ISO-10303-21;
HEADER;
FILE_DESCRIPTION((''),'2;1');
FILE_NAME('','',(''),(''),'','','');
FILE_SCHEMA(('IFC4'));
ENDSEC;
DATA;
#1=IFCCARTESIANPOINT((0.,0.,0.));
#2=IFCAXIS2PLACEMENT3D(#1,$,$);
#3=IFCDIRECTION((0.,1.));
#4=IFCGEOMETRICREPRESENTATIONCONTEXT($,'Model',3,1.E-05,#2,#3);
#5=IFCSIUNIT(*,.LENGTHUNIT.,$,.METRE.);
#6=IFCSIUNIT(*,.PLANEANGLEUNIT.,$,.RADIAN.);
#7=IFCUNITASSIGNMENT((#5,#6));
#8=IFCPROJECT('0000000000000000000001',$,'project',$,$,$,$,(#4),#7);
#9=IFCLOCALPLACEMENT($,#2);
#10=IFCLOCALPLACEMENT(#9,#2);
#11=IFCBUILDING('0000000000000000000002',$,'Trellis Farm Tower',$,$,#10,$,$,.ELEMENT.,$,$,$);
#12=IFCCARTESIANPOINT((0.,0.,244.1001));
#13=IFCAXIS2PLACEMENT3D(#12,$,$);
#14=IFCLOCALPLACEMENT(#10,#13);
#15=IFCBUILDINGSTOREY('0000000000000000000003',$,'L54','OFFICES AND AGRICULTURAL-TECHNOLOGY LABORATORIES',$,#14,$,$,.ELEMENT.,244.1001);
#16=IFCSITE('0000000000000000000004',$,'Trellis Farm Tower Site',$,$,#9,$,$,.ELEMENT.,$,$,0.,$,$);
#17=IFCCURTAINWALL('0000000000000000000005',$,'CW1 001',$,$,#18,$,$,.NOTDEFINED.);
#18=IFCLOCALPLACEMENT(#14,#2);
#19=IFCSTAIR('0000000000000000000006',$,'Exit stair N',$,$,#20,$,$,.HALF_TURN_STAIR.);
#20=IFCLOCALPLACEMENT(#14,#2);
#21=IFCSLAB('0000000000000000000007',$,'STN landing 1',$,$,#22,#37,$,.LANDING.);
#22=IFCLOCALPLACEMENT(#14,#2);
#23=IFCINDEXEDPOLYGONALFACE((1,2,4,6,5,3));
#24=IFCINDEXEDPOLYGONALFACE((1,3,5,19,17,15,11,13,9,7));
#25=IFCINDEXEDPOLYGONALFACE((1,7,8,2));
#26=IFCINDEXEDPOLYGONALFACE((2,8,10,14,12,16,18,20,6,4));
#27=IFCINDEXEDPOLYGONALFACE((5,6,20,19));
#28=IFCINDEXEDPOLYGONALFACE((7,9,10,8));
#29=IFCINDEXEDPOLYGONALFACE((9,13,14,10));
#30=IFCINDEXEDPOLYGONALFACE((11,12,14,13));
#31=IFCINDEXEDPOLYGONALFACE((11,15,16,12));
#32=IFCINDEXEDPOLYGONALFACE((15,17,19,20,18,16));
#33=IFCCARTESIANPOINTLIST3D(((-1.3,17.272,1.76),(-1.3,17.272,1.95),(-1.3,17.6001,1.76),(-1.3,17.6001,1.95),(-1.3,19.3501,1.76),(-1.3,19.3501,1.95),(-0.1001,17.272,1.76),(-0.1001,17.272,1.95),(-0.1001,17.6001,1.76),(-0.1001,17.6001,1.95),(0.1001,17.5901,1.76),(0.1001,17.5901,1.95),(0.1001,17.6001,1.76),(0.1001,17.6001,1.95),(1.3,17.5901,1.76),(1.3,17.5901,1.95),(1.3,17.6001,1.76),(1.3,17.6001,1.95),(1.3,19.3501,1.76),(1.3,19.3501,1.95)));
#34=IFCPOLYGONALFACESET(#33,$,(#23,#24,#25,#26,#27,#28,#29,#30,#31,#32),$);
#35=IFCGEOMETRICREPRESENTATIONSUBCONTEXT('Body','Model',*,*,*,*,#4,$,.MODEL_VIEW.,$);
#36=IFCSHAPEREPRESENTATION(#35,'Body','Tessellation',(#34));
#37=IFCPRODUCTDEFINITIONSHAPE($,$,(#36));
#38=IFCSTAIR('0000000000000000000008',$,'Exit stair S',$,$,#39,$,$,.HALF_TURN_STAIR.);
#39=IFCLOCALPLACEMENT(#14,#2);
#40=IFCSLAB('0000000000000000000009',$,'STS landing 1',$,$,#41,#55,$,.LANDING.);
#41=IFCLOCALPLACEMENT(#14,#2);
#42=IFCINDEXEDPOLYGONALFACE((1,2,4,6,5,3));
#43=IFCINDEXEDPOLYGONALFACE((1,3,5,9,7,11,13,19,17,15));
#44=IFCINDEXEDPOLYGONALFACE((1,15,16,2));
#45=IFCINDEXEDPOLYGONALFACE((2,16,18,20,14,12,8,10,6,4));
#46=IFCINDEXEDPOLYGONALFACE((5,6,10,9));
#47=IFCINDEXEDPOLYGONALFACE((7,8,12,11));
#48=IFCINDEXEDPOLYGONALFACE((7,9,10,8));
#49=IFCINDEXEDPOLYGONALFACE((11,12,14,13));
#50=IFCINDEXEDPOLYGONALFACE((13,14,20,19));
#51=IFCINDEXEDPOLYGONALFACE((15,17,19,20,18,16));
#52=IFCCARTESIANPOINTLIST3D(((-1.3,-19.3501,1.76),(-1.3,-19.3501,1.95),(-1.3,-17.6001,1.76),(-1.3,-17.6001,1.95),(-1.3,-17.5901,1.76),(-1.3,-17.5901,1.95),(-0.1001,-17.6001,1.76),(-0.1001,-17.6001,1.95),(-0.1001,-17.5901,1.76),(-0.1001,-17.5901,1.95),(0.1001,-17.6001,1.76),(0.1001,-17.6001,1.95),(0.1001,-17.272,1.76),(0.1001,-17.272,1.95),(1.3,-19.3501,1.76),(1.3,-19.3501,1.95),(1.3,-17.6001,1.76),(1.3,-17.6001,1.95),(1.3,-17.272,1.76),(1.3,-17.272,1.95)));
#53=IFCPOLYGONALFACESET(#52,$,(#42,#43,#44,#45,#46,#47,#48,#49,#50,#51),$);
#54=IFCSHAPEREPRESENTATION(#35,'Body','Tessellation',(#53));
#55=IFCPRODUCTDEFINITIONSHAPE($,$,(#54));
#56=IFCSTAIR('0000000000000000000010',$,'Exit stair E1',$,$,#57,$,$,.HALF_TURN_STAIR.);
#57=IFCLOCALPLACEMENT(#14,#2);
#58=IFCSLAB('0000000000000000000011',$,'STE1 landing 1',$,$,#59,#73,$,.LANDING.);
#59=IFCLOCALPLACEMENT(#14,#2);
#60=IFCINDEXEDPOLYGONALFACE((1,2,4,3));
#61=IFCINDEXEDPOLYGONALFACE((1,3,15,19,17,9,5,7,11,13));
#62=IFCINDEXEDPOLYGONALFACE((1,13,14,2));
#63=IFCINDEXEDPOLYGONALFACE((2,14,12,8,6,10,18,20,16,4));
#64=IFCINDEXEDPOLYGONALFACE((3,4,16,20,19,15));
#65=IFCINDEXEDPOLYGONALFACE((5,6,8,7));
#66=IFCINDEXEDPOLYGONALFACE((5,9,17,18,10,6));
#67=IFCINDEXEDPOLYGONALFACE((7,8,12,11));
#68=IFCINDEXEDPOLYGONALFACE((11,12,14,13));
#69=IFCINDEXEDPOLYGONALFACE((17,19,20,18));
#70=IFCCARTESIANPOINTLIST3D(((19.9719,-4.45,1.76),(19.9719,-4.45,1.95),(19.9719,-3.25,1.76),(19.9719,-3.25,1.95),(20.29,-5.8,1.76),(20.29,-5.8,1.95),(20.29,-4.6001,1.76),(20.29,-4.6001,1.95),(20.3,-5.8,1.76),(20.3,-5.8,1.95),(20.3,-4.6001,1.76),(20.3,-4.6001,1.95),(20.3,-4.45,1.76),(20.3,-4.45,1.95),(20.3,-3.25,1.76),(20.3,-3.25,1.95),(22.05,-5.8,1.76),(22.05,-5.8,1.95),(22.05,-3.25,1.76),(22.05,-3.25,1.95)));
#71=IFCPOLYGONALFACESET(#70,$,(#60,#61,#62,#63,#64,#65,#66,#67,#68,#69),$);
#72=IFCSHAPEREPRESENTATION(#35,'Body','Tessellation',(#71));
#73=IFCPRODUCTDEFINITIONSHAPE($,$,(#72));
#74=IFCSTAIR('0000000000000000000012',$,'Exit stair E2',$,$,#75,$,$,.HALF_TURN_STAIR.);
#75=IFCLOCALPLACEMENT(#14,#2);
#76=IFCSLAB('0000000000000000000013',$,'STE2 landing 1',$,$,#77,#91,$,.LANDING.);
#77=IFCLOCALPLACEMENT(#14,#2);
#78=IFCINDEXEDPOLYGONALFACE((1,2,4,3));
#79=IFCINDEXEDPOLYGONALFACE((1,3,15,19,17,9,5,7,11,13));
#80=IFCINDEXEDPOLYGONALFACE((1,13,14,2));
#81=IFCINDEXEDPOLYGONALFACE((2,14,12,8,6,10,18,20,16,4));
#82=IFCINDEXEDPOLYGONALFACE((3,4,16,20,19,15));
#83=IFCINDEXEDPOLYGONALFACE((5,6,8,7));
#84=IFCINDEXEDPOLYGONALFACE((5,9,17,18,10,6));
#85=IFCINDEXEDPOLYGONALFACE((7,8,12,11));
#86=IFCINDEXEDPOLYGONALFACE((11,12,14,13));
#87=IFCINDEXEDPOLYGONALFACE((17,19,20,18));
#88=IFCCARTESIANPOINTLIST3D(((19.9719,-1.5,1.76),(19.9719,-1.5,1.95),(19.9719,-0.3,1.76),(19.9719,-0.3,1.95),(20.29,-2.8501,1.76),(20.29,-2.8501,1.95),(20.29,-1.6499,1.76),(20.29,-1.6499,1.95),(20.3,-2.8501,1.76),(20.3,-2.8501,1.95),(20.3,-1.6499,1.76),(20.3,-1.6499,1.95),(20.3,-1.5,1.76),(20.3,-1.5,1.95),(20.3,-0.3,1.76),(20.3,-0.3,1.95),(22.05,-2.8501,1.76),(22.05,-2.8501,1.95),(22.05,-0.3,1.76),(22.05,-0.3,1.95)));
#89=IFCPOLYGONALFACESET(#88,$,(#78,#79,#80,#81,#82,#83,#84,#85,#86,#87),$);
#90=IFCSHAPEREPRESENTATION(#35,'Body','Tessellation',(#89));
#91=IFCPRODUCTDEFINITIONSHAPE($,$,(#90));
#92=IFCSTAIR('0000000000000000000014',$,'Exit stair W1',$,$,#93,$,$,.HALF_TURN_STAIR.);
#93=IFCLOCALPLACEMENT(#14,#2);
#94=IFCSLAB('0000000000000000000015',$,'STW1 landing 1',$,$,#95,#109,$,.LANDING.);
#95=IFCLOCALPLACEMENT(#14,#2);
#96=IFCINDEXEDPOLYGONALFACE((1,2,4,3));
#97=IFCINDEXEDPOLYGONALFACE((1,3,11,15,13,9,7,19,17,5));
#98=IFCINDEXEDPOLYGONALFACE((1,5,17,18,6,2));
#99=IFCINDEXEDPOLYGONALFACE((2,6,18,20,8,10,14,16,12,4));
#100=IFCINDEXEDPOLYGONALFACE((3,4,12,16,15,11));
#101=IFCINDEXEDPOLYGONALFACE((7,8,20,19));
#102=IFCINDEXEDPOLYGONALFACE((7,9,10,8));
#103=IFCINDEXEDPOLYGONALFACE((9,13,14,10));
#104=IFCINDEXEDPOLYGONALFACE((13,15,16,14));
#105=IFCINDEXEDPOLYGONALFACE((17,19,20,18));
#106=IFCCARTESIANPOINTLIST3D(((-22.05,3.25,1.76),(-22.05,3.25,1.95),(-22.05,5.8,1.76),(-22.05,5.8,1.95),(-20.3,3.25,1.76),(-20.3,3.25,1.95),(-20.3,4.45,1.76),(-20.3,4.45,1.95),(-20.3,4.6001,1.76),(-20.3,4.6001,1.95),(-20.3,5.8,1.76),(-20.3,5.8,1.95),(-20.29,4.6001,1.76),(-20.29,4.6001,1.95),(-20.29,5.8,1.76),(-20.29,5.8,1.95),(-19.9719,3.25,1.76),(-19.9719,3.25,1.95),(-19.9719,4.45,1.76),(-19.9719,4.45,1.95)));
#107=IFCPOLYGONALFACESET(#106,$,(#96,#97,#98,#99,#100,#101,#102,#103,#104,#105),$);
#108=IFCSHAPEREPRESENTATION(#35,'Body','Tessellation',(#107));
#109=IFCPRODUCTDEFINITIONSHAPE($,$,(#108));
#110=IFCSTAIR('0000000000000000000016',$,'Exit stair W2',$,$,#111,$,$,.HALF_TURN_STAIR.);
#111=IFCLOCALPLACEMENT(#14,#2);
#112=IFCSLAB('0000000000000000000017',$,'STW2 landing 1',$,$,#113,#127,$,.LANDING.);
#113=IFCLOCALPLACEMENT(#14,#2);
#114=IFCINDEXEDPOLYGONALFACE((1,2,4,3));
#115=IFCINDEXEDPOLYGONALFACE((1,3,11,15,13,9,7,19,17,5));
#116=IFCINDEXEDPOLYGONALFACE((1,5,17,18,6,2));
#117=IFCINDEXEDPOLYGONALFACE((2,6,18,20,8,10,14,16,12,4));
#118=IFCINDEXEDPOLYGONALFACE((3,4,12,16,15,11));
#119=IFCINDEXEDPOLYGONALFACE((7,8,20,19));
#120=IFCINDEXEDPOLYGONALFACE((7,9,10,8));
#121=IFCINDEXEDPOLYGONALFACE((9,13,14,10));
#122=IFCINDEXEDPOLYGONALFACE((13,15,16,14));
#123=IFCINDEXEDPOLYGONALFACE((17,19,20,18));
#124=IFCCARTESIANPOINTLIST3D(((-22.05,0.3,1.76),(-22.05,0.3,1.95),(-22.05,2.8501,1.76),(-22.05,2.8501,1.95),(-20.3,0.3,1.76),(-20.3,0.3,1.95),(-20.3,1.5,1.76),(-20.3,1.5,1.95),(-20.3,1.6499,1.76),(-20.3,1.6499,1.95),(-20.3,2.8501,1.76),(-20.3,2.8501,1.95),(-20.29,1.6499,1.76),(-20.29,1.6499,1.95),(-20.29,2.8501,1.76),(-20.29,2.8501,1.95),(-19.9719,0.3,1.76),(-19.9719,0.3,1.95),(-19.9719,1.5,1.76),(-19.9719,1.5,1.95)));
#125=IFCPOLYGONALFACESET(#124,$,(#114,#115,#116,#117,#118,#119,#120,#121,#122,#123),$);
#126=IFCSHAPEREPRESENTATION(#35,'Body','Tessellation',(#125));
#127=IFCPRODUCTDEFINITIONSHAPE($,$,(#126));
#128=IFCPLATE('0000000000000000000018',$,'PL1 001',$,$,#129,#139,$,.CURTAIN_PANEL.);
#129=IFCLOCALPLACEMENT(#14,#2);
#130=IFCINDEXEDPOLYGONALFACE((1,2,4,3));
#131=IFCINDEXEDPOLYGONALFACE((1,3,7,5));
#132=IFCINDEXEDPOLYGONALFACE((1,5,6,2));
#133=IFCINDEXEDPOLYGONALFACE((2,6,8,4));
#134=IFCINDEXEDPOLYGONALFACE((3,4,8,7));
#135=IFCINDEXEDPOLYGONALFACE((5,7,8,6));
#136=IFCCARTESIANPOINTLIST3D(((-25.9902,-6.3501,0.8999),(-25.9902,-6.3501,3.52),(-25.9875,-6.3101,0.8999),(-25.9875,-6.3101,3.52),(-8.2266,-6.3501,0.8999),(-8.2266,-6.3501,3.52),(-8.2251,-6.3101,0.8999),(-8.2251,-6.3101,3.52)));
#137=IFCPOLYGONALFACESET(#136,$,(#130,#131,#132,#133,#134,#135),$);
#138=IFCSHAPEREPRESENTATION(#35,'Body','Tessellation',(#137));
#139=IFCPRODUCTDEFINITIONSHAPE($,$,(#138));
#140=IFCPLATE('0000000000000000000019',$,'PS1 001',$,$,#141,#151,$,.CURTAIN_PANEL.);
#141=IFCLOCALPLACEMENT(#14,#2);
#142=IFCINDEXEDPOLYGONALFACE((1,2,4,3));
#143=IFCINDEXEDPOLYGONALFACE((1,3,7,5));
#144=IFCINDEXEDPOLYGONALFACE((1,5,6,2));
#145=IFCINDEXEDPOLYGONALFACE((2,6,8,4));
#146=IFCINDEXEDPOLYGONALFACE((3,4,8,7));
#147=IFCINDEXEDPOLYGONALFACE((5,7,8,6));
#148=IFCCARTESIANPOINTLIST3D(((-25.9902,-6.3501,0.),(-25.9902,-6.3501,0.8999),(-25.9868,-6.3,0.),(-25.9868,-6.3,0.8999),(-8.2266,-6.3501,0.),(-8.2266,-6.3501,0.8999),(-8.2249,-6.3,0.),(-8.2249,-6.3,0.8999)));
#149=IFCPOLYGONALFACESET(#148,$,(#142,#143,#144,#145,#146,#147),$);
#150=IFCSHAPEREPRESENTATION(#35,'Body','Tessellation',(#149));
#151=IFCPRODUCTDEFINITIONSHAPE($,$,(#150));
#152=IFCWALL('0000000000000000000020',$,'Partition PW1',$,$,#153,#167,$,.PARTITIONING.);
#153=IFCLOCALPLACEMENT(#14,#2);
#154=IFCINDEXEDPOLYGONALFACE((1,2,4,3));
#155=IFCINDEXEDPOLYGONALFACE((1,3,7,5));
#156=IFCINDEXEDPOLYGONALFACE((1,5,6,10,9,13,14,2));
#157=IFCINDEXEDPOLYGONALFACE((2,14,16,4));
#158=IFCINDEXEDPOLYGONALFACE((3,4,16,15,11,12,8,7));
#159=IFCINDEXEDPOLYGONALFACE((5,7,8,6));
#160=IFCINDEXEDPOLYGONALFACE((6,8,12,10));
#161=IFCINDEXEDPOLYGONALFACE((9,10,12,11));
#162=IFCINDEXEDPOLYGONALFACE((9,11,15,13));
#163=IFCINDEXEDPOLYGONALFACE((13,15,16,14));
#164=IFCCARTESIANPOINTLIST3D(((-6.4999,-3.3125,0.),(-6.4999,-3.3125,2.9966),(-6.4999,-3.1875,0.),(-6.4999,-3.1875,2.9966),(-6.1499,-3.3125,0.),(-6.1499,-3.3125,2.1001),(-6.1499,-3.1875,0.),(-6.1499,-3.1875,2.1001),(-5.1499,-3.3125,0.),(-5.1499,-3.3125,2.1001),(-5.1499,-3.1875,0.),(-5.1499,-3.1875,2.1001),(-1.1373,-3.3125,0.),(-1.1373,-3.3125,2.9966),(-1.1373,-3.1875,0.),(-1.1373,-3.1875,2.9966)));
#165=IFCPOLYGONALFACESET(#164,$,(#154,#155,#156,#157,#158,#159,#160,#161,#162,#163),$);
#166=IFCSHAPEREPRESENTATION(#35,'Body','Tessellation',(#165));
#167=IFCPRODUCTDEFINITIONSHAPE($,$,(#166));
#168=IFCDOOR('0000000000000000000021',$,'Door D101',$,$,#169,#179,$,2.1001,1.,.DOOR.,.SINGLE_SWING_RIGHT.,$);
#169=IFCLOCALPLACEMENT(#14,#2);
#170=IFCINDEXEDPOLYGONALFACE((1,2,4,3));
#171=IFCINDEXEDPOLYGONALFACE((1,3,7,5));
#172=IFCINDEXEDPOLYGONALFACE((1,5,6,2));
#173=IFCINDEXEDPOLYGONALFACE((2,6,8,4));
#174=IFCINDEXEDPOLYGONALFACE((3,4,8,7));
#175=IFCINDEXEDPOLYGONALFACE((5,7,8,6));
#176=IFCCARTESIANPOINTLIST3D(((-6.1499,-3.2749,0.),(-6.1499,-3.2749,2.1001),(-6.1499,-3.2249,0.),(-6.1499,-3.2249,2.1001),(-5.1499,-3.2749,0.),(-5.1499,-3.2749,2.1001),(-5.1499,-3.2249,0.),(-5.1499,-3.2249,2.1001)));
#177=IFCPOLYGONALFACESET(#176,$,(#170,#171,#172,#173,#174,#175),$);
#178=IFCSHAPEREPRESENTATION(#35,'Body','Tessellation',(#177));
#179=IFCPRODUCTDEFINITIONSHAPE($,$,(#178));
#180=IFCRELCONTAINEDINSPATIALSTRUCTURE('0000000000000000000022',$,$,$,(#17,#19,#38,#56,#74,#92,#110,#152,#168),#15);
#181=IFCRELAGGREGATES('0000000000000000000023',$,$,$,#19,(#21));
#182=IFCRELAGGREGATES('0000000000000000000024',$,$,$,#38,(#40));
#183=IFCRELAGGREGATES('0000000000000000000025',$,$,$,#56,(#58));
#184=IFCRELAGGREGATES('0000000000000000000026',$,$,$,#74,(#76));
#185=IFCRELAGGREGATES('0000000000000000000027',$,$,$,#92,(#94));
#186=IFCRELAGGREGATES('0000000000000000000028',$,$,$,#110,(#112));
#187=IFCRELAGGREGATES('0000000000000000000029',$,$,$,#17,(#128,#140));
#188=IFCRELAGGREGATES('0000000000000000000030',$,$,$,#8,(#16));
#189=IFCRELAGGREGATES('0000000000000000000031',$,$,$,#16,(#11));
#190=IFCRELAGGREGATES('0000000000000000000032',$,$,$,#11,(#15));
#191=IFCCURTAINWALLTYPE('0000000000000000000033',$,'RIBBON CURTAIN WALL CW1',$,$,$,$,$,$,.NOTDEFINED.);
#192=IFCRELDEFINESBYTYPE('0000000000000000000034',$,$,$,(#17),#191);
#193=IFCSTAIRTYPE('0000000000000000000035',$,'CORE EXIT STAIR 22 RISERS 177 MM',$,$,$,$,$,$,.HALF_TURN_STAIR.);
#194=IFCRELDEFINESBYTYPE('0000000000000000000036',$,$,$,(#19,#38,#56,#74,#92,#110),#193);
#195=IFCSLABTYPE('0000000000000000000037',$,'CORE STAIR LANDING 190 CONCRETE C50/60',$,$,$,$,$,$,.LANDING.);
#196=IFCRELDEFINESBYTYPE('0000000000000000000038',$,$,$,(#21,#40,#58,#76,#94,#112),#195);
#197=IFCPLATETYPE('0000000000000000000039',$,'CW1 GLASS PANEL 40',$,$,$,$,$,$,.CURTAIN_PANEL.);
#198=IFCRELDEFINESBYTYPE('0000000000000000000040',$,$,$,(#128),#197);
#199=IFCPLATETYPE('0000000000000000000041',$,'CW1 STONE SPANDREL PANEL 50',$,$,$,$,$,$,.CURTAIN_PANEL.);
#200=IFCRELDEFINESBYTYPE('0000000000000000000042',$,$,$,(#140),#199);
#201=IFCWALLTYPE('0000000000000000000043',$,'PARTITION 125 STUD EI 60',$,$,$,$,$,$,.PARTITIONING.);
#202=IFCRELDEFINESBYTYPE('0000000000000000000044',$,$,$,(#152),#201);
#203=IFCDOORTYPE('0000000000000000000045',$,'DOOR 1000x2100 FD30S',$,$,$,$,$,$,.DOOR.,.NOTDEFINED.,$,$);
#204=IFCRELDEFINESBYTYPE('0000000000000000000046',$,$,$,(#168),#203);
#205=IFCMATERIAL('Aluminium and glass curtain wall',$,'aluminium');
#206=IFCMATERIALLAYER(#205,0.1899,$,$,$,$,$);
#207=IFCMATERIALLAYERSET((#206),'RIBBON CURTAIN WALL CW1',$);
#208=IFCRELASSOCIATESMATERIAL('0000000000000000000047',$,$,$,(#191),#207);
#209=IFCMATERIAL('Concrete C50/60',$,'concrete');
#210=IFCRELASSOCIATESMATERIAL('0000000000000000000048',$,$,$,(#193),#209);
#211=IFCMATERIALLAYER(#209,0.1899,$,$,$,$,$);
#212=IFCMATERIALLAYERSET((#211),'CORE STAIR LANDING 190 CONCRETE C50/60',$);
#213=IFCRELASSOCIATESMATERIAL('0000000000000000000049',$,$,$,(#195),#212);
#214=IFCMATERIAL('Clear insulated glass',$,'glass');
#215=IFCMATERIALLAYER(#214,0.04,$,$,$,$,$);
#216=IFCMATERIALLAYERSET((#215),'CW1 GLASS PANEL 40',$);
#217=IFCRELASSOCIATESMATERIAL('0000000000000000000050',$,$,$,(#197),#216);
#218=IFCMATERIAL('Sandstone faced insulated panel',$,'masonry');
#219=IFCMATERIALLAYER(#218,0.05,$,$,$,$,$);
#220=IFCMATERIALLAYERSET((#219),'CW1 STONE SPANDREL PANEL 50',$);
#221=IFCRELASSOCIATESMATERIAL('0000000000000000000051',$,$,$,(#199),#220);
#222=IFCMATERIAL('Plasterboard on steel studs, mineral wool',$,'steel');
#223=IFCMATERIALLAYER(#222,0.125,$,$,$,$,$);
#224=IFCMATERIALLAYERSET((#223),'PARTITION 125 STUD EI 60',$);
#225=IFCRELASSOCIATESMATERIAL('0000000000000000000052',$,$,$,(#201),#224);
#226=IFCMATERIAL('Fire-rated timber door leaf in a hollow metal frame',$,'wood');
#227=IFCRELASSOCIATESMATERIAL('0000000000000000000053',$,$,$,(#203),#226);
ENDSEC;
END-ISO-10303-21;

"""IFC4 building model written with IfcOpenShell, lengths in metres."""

from ifc_helpers import new_model, si_unit, direction, frame, frame_2d, origin, place, context, subcontext, project, spatial, polyline, rectangle, outline, extrude, source, transform, mapped, material, layer, layer_set, type_object, element, fill, aggregate, save


model = new_model("IFC4")

# Units and contexts
model_context = context("Model", 3, precision=1e-05, world=origin(), true_north=direction((0.0, 1.0)))
body_context = subcontext(model_context, "Body", "Model", "MODEL_VIEW")
ifc_project = project(units=[si_unit("LENGTHUNIT", "METRE"), si_unit("PLANEANGLEUNIT", "RADIAN")], contexts=[model_context])

# Site, building, storey
site_placement = place(None, origin())
site = spatial("IfcSite", under=ifc_project, at=site_placement, Name="Trellis Farm Tower Site", CompositionType="ELEMENT", RefElevation=0.0)
building_placement = place(site_placement, origin())
building = spatial("IfcBuilding", under=site, at=building_placement, Name="Trellis Farm Tower", CompositionType="ELEMENT")
storey_placement = place(building_placement, frame((0.0, 0.0, 244.1001)))
storey = spatial("IfcBuildingStorey", under=building, at=storey_placement, Name="L54", Description="OFFICES AND AGRICULTURAL-TECHNOLOGY LABORATORIES", CompositionType="ELEMENT", Elevation=244.1001)

# Curtain wall
ifc_material_1 = material(Name="Aluminium and glass curtain wall", Category="aluminium")
ifc_layer_1 = layer(ifc_material_1, 0.1899)
ifc_layer_set_1 = layer_set([ifc_layer_1], Name="RIBBON CURTAIN WALL CW1")
curtain_wall_type = type_object("IfcCurtainWallType", Name="RIBBON CURTAIN WALL CW1", PredefinedType="NOTDEFINED", material=ifc_layer_set_1)
placement_1 = place(storey_placement, origin())
curtain_wall = element("IfcCurtainWall", 1, at=placement_1, inside=storey, type_object=curtain_wall_type, Name="CW1 001", PredefinedType="NOTDEFINED")

# Stairs, slabs
ifc_material_2 = material(Name="Concrete C50/60", Category="concrete")
stair_type = type_object("IfcStairType", Name="CORE EXIT STAIR 22 RISERS 177 MM", PredefinedType="HALF_TURN_STAIR", material=ifc_material_2)
stair_1 = element("IfcStair", 2, at=placement_1, inside=storey, type_object=stair_type, Name="Exit stair N", PredefinedType="HALF_TURN_STAIR")
ifc_layer_2 = layer(ifc_material_2, 0.1899)
ifc_layer_set_2 = layer_set([ifc_layer_2], Name="CORE STAIR LANDING 190 CONCRETE C50/60")
slab_type_1 = type_object("IfcSlabType", Name="CORE STAIR LANDING 190 CONCRETE C50/60", PredefinedType="LANDING", material=ifc_layer_set_2)
shared_shape_1 = source(origin(), body_context, "Body", "SweptSolid", [
    extrude(outline(polyline([(-0.1001, 17.272), (-1.3, 17.272), (-1.3, 17.6001), (-1.3, 19.3501), (1.3, 19.3501), (1.3, 17.6001), (1.3, 17.5901), (0.1001, 17.5901), (0.1001, 17.6001), (-0.1001, 17.6001), (-0.1001, 17.272)])), origin(), (0.0, 0.0, 1.0), 0.1899),
])
placement_2 = place(storey_placement, frame((0.0, 0.0, 1.76)))
slab_1 = element("IfcSlab", 3, at=placement_2, type_object=slab_type_1, Name="STN landing 1", PredefinedType="LANDING", context=body_context, shape_type="MappedRepresentation", body=[
    mapped(shared_shape_1, transform((0.0, 0.0, 0.0))),
])
aggregate(stair_1, [slab_1])
stair_2 = element("IfcStair", 4, at=placement_1, inside=storey, type_object=stair_type, Name="Exit stair S", PredefinedType="HALF_TURN_STAIR")
shared_shape_2 = source(origin(), body_context, "Body", "SweptSolid", [
    extrude(outline(polyline([(1.3, -19.3501), (-1.3, -19.3501), (-1.3, -17.6001), (-1.3, -17.5901), (-0.1001, -17.5901), (-0.1001, -17.6001), (0.1001, -17.6001), (0.1001, -17.272), (1.3, -17.272), (1.3, -17.6001), (1.3, -19.3501)])), origin(), (0.0, 0.0, 1.0), 0.1899),
])
slab_2 = element("IfcSlab", 5, at=placement_2, type_object=slab_type_1, Name="STS landing 1", PredefinedType="LANDING", context=body_context, shape_type="MappedRepresentation", body=[
    mapped(shared_shape_2, transform((0.0, 0.0, 0.0))),
])
aggregate(stair_2, [slab_2])
stair_3 = element("IfcStair", 6, at=placement_1, inside=storey, type_object=stair_type, Name="Exit stair E1", PredefinedType="HALF_TURN_STAIR")
shared_shape_3 = source(origin(), body_context, "Body", "SweptSolid", [
    extrude(outline(polyline([(20.29, -5.8), (20.29, -4.6001), (20.3, -4.6001), (20.3, -4.45), (19.9719, -4.45), (19.9719, -3.25), (20.3, -3.25), (22.05, -3.25), (22.05, -5.8), (20.3, -5.8), (20.29, -5.8)])), origin(), (0.0, 0.0, 1.0), 0.1899),
])
slab_3 = element("IfcSlab", 7, at=placement_2, type_object=slab_type_1, Name="STE1 landing 1", PredefinedType="LANDING", context=body_context, shape_type="MappedRepresentation", body=[
    mapped(shared_shape_3, transform((0.0, 0.0, 0.0))),
])
aggregate(stair_3, [slab_3])
stair_4 = element("IfcStair", 8, at=placement_1, inside=storey, type_object=stair_type, Name="Exit stair E2", PredefinedType="HALF_TURN_STAIR")
shared_shape_4 = source(origin(), body_context, "Body", "SweptSolid", [
    extrude(outline(polyline([(20.29, -2.8501), (20.29, -1.6499), (20.3, -1.6499), (20.3, -1.5), (19.9719, -1.5), (19.9719, -0.3), (20.3, -0.3), (22.05, -0.3), (22.05, -2.8501), (20.3, -2.8501), (20.29, -2.8501)])), origin(), (0.0, 0.0, 1.0), 0.1899),
])
slab_4 = element("IfcSlab", 9, at=placement_2, type_object=slab_type_1, Name="STE2 landing 1", PredefinedType="LANDING", context=body_context, shape_type="MappedRepresentation", body=[
    mapped(shared_shape_4, transform((0.0, 0.0, 0.0))),
])
aggregate(stair_4, [slab_4])
stair_5 = element("IfcStair", 10, at=placement_1, inside=storey, type_object=stair_type, Name="Exit stair W1", PredefinedType="HALF_TURN_STAIR")
shared_shape_5 = source(origin(), body_context, "Body", "SweptSolid", [
    extrude(outline(polyline([(-19.9719, 4.45), (-19.9719, 3.25), (-20.3, 3.25), (-22.05, 3.25), (-22.05, 5.8), (-20.3, 5.8), (-20.29, 5.8), (-20.29, 4.6001), (-20.3, 4.6001), (-20.3, 4.45), (-19.9719, 4.45)])), origin(), (0.0, 0.0, 1.0), 0.1899),
])
slab_5 = element("IfcSlab", 11, at=placement_2, type_object=slab_type_1, Name="STW1 landing 1", PredefinedType="LANDING", context=body_context, shape_type="MappedRepresentation", body=[
    mapped(shared_shape_5, transform((0.0, 0.0, 0.0))),
])
aggregate(stair_5, [slab_5])
stair_6 = element("IfcStair", 12, at=placement_1, inside=storey, type_object=stair_type, Name="Exit stair W2", PredefinedType="HALF_TURN_STAIR")
shared_shape_6 = source(origin(), body_context, "Body", "SweptSolid", [
    extrude(outline(polyline([(-19.9719, 1.5), (-19.9719, 0.3), (-20.3, 0.3), (-22.05, 0.3), (-22.05, 2.8501), (-20.3, 2.8501), (-20.29, 2.8501), (-20.29, 1.6499), (-20.3, 1.6499), (-20.3, 1.5), (-19.9719, 1.5)])), origin(), (0.0, 0.0, 1.0), 0.1899),
])
slab_6 = element("IfcSlab", 13, at=placement_2, type_object=slab_type_1, Name="STW2 landing 1", PredefinedType="LANDING", context=body_context, shape_type="MappedRepresentation", body=[
    mapped(shared_shape_6, transform((0.0, 0.0, 0.0))),
])
aggregate(stair_6, [slab_6])

# Plates
ifc_material_3 = material(Name="Clear insulated glass", Category="glass")
ifc_layer_3 = layer(ifc_material_3, 0.04)
ifc_layer_set_3 = layer_set([ifc_layer_3], Name="CW1 GLASS PANEL 40")
plate_type_1 = type_object("IfcPlateType", Name="CW1 GLASS PANEL 40", PredefinedType="CURTAIN_PANEL", material=ifc_layer_set_3)
shared_shape_7 = source(origin(), body_context, "Body", "SweptSolid", [
    extrude(outline(polyline([(-25.9902, -6.3501), (-8.2266, -6.3501), (-8.2251, -6.3101), (-25.9875, -6.3101), (-25.9902, -6.3501)])), origin(), (0.0, 0.0, 1.0), 2.6201),
])
plate_1_placement = place(storey_placement, frame((0.0, 0.0, 0.8999)))
plate_1 = element("IfcPlate", 14, at=plate_1_placement, type_object=plate_type_1, Name="PL1 001", PredefinedType="CURTAIN_PANEL", context=body_context, shape_type="MappedRepresentation", body=[
    mapped(shared_shape_7, transform((0.0, 0.0, 0.0))),
])
ifc_material_4 = material(Name="Sandstone faced insulated panel", Category="masonry")
ifc_layer_4 = layer(ifc_material_4, 0.05)
ifc_layer_set_4 = layer_set([ifc_layer_4], Name="CW1 STONE SPANDREL PANEL 50")
plate_type_2 = type_object("IfcPlateType", Name="CW1 STONE SPANDREL PANEL 50", PredefinedType="CURTAIN_PANEL", material=ifc_layer_set_4)
shared_shape_8 = source(origin(), body_context, "Body", "SweptSolid", [
    extrude(outline(polyline([(-25.9902, -6.3501), (-8.2266, -6.3501), (-8.2249, -6.3), (-25.9868, -6.3), (-25.9902, -6.3501)])), origin(), (0.0, 0.0, 1.0), 0.8999),
])
plate_2 = element("IfcPlate", 15, at=placement_1, type_object=plate_type_2, Name="PS1 001", PredefinedType="CURTAIN_PANEL", context=body_context, shape_type="MappedRepresentation", body=[
    mapped(shared_shape_8, transform((0.0, 0.0, 0.0))),
])
aggregate(curtain_wall, [plate_1, plate_2])

# Wall, opening, door
ifc_material_5 = material(Name="Plasterboard on steel studs, mineral wool", Category="steel")
ifc_layer_5 = layer(ifc_material_5, 0.125)
ifc_layer_set_5 = layer_set([ifc_layer_5], Name="PARTITION 125 STUD EI 60")
wall_type = type_object("IfcWallType", Name="PARTITION 125 STUD EI 60", PredefinedType="PARTITIONING", material=ifc_layer_set_5)
shared_shape_9 = source(origin(), body_context, "Body", "SweptSolid", [
    extrude(rectangle(XDim=5.3625, YDim=0.125, at=frame_2d((2.6812, 0.0))), origin(), (0.0, 0.0, 1.0), 2.9966),
])
wall_1_placement = place(storey_placement, frame((-1.1375, -3.25, 0.0), z_axis=(0.0, 0.0, 1.0), x_axis=(-1.0, 0.0, 0.0)))
wall_1 = element("IfcWall", 16, at=wall_1_placement, inside=storey, type_object=wall_type, Name="Partition PW1", PredefinedType="PARTITIONING", context=body_context, shape_type="MappedRepresentation", body=[
    mapped(shared_shape_9, transform((0.0, 0.0, 0.0))),
])
shared_shape_10 = source(origin(), body_context, "Body", "SweptSolid", [
    extrude(rectangle(XDim=1.0, YDim=2.1001, at=frame_2d((0.5, 1.05))), frame((0.0, 0.0725, 0.0), z_axis=(0.0, -1.0, 0.0), x_axis=(1.0, 0.0, 0.0)), (0.0, 0.0, 1.0), 0.145),
])
opening_1_placement = place(wall_1_placement, frame((4.0125, 0.0, 0.0)))
opening_1 = element("IfcOpeningElement", 17, at=opening_1_placement, cuts=wall_1, PredefinedType="OPENING", context=body_context, shape_type="MappedRepresentation", body=[
    mapped(shared_shape_10, transform((0.0, 0.0, 0.0))),
])
ifc_material_6 = material(Name="Fire-rated timber door leaf in a hollow metal frame", Category="wood")
door_type = type_object("IfcDoorType", Name="DOOR 1000x2100 FD30S", OperationType="NOTDEFINED", PredefinedType="DOOR", material=ifc_material_6)
shared_shape_11 = source(origin(), body_context, "Body", "SweptSolid", [
    extrude(rectangle(XDim=1.0, YDim=2.1001, at=frame_2d((0.5, 1.05))), frame((0.0, 0.0249, 0.0), z_axis=(0.0, -1.0, 0.0), x_axis=(1.0, 0.0, 0.0)), (0.0, 0.0, 1.0), 0.05),
])
door_1_placement = place(opening_1_placement, origin())
door_1 = element("IfcDoor", 18, at=door_1_placement, inside=storey, type_object=door_type, Name="Door D101", OperationType="SINGLE_SWING_RIGHT", OverallHeight=2.1001, OverallWidth=1.0, PredefinedType="DOOR", context=body_context, shape_type="MappedRepresentation", body=[
    mapped(shared_shape_11, transform((0.0, 0.0, 0.0))),
])
fill(opening_1, door_1)

save(model, "model.ifc")
